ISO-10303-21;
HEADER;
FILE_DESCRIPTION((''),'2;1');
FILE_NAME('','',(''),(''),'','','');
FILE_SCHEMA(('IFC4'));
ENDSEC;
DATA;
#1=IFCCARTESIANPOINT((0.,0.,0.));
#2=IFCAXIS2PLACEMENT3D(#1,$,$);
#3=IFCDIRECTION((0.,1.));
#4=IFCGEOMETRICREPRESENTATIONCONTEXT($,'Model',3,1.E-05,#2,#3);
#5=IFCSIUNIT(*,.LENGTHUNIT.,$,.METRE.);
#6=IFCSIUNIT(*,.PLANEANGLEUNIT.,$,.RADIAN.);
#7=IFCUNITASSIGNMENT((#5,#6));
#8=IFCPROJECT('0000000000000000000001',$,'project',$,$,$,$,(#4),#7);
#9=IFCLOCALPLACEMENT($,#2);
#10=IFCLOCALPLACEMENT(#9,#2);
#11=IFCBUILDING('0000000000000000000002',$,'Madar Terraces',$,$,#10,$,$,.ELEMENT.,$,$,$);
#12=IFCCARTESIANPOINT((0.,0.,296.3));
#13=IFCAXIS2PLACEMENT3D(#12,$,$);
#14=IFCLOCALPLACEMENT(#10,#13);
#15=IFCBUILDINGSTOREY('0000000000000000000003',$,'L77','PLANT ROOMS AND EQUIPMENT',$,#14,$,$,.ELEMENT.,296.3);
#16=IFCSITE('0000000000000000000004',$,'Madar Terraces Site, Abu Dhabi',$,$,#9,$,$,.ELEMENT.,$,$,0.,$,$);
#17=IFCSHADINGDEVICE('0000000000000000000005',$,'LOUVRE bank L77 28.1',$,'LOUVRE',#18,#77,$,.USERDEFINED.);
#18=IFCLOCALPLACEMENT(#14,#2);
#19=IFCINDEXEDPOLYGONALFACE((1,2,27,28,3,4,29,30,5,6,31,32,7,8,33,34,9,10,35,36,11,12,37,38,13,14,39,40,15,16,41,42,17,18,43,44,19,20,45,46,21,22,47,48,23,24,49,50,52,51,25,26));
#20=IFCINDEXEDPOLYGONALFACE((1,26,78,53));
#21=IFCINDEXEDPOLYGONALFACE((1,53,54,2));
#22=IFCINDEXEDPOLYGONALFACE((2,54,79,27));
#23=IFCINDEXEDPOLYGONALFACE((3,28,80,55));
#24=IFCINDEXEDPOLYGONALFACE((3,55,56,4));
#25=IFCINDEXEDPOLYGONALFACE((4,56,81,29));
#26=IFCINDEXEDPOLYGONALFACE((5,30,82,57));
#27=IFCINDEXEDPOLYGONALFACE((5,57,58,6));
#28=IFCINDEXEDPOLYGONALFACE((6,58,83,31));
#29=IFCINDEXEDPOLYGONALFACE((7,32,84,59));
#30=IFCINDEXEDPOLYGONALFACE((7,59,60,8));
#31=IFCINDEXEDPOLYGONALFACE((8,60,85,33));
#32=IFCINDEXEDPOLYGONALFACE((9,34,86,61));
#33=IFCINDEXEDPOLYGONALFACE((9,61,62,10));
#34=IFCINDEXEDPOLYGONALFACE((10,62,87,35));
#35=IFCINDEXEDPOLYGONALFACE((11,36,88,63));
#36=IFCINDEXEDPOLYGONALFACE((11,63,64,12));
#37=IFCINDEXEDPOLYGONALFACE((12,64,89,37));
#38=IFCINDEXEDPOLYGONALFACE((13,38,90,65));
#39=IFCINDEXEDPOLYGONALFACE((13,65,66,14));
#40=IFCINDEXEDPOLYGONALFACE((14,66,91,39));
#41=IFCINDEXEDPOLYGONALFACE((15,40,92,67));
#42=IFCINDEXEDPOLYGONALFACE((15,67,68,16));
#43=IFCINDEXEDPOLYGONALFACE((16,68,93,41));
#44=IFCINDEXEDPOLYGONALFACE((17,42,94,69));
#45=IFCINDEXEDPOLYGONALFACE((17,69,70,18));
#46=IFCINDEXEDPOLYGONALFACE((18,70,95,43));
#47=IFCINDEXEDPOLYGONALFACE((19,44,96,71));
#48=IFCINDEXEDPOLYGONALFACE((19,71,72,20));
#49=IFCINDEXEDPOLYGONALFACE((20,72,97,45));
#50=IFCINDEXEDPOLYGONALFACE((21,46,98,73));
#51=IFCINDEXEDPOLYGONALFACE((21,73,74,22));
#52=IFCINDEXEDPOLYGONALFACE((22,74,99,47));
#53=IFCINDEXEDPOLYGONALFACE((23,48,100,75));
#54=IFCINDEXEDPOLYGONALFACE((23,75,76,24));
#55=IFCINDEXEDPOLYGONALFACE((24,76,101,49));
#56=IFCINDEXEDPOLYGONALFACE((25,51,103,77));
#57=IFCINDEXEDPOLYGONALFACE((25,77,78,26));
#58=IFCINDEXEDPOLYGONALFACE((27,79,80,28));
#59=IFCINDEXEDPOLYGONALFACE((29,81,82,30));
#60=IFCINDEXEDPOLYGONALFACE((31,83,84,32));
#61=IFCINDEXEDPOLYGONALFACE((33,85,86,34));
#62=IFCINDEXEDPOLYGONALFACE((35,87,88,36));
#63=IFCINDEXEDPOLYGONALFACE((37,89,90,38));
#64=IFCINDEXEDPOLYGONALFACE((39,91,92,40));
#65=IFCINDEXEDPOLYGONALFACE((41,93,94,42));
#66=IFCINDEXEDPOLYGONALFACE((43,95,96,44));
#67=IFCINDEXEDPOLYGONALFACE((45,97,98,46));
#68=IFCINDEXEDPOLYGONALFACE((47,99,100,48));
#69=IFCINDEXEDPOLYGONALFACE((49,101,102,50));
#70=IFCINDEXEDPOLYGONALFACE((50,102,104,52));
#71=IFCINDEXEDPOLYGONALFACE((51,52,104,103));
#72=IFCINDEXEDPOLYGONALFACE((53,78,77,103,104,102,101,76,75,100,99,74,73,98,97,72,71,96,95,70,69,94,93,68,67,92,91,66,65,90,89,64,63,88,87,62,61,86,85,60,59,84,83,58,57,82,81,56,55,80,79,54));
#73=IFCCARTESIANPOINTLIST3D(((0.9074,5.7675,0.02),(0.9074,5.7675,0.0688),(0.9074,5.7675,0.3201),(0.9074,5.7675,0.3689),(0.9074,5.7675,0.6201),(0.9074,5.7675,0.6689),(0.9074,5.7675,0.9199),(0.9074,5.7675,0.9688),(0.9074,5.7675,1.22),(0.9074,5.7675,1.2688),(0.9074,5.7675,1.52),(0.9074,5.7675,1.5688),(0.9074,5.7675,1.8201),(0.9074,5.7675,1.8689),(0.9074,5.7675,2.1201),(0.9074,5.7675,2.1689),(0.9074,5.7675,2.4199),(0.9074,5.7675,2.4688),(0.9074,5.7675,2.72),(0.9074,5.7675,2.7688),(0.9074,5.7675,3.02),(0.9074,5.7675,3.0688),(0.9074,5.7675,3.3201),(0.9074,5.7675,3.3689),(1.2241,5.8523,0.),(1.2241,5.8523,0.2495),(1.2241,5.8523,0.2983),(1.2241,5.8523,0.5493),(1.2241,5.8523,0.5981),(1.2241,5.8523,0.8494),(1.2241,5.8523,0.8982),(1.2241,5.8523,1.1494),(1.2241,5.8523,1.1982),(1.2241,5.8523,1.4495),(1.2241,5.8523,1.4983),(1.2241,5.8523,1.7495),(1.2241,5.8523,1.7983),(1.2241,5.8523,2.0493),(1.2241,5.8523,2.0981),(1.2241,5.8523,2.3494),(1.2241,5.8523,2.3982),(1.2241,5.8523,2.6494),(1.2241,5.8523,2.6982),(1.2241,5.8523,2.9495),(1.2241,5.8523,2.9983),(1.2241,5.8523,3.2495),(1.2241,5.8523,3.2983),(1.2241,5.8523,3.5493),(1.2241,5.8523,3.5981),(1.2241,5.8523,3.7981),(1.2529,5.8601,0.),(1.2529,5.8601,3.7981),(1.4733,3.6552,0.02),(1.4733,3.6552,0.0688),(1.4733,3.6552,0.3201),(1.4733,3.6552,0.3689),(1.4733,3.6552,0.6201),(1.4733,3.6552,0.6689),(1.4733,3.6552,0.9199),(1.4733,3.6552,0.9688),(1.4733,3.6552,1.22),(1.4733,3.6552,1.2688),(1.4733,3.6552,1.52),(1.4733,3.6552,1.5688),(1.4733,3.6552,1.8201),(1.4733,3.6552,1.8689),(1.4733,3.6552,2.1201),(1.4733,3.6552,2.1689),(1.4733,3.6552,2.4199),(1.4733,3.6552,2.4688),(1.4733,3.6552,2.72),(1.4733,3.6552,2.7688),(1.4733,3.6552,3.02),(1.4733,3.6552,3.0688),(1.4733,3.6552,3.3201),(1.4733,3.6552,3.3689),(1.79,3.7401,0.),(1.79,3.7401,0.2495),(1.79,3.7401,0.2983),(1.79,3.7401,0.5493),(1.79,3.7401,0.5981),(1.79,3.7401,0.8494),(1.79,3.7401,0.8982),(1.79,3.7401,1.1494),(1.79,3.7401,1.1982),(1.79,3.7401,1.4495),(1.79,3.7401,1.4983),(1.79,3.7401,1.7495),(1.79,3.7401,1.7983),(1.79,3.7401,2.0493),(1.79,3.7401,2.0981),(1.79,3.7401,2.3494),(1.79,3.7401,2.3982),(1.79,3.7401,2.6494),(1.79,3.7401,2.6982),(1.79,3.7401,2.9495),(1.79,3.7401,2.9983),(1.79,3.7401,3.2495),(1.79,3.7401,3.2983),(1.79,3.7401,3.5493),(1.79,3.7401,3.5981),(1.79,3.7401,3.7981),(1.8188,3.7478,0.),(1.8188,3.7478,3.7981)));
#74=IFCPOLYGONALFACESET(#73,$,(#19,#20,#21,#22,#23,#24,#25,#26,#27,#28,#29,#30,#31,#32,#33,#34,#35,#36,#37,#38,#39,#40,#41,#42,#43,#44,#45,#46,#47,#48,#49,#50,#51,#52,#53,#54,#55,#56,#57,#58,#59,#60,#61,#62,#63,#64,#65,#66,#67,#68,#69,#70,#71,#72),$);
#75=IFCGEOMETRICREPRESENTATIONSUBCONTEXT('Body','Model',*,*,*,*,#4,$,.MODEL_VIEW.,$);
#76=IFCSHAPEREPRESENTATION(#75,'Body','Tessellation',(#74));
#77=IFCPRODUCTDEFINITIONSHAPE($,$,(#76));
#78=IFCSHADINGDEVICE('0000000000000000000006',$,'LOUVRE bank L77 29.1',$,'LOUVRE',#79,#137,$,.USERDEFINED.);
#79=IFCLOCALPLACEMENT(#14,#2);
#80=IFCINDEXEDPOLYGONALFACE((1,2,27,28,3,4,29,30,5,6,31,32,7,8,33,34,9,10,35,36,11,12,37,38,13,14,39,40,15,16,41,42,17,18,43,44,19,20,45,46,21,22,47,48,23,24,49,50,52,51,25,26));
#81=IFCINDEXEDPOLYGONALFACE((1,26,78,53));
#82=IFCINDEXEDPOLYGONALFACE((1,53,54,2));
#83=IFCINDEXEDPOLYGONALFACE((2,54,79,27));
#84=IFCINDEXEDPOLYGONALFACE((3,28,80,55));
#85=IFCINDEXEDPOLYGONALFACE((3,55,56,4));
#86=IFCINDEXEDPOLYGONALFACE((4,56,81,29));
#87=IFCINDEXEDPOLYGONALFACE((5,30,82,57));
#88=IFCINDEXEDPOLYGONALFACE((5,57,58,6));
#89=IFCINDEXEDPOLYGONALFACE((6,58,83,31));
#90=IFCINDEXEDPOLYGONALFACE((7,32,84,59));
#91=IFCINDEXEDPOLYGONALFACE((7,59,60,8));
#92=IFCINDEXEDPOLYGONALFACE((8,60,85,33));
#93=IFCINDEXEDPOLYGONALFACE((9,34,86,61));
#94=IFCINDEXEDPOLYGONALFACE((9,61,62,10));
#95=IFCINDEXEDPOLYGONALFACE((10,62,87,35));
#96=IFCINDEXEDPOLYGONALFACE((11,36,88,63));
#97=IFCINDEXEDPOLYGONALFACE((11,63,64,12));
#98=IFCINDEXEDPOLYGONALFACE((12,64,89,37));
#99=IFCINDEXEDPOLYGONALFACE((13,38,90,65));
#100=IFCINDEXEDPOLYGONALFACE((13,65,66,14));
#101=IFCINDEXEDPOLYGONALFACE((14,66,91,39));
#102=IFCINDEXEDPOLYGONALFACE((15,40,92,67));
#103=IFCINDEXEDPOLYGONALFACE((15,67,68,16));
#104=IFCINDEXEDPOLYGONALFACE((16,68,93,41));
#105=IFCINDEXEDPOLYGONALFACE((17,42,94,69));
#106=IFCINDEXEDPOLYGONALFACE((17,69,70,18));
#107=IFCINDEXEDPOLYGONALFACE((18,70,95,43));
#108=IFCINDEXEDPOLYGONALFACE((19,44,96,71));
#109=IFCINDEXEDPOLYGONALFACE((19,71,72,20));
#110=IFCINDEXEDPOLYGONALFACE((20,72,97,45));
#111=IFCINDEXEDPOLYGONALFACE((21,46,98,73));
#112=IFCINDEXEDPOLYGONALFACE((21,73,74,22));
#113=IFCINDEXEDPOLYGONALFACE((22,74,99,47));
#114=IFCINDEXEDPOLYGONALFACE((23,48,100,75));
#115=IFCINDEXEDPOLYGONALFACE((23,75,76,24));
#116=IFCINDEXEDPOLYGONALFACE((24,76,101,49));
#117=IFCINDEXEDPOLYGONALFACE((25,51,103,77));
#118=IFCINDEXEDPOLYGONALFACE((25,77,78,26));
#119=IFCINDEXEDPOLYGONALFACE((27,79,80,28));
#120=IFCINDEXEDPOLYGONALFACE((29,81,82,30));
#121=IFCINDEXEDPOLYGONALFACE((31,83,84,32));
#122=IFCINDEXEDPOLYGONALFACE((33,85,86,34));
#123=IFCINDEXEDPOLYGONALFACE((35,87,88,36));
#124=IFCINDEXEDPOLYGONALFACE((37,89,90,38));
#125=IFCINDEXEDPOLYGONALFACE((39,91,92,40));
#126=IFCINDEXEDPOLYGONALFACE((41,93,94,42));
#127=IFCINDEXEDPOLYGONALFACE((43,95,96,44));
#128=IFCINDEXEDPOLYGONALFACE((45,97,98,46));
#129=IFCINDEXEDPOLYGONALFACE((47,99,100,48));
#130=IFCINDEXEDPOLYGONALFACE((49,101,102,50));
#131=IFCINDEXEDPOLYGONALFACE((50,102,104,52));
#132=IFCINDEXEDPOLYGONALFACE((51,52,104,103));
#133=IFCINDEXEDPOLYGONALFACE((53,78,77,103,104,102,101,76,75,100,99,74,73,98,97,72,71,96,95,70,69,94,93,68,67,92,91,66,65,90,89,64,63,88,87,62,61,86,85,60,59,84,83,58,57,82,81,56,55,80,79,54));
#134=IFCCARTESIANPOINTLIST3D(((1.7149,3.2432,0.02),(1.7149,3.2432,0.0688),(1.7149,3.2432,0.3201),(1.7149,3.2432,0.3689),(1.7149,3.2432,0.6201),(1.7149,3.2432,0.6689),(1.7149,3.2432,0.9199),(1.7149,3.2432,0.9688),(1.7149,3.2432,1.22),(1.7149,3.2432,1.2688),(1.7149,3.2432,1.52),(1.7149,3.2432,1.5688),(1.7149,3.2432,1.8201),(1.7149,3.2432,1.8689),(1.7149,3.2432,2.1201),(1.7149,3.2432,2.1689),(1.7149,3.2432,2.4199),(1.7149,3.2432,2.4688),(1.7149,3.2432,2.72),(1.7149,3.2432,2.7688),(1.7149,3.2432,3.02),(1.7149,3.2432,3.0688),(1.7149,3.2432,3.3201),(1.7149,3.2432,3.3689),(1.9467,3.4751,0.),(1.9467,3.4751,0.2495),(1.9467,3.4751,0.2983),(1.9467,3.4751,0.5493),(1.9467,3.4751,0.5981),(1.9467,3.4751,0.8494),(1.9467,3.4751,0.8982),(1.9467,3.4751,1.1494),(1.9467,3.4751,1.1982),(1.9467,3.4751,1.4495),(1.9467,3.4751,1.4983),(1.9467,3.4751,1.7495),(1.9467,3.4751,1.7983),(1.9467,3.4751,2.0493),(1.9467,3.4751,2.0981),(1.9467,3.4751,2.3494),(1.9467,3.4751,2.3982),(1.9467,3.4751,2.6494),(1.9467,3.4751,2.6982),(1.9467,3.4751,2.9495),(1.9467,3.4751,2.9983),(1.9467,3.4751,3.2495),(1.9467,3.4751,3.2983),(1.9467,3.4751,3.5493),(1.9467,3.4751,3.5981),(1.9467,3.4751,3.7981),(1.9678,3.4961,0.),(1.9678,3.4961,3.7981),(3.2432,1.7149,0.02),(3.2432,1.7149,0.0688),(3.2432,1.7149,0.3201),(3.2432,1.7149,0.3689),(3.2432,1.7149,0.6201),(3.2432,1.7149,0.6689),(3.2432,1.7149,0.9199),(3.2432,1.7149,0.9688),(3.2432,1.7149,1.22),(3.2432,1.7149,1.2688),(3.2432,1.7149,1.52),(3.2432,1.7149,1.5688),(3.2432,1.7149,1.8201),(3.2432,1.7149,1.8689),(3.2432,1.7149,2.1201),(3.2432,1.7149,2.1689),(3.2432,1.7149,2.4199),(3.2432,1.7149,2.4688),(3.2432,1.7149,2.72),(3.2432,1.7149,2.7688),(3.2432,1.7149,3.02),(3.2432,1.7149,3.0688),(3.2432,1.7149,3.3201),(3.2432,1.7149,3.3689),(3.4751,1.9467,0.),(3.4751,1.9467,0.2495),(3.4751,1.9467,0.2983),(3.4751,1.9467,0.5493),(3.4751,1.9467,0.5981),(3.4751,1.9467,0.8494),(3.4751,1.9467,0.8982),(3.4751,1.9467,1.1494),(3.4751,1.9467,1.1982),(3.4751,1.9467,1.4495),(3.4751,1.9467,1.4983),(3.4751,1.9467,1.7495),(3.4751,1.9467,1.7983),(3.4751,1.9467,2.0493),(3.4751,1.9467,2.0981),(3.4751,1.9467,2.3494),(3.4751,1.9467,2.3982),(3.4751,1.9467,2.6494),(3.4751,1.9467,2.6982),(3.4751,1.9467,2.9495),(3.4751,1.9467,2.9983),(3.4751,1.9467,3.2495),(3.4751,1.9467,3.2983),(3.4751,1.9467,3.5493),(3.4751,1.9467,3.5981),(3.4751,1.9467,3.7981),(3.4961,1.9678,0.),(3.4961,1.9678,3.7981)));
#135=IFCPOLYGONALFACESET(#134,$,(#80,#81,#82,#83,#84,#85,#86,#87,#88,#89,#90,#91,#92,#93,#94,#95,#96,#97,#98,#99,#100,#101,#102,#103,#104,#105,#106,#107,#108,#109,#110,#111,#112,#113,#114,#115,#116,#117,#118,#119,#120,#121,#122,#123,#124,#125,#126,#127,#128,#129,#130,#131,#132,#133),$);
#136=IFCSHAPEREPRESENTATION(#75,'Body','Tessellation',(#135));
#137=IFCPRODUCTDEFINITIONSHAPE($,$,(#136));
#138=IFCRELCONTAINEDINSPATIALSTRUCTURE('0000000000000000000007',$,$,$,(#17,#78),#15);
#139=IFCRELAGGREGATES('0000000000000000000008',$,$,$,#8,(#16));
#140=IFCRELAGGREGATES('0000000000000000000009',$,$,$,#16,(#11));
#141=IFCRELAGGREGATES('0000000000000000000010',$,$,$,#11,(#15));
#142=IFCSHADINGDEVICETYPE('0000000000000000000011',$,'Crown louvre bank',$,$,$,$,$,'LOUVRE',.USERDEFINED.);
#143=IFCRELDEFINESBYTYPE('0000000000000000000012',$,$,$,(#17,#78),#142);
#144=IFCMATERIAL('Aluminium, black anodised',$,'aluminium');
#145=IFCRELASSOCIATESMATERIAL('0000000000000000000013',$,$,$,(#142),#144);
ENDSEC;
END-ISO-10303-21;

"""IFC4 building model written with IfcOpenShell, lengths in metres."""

from ifc_helpers import new_model, si_unit, direction, frame, origin, place, context, subcontext, project, spatial, polyline, outline, extrude, material, type_object, element, save


model = new_model("IFC4")

# Units and contexts
model_context = context("Model", 3, precision=1e-05, world=origin(), true_north=direction((0.0, 1.0)))
body_context = subcontext(model_context, "Body", "Model", "MODEL_VIEW")
ifc_project = project(units=[si_unit("LENGTHUNIT", "METRE"), si_unit("PLANEANGLEUNIT", "RADIAN")], contexts=[model_context])

# Site, building, storey
site_placement = place(None, origin())
site = spatial("IfcSite", under=ifc_project, at=site_placement, Name="Madar Terraces Site, Abu Dhabi", CompositionType="ELEMENT", RefElevation=0.0)
building_placement = place(site_placement, origin())
building = spatial("IfcBuilding", under=site, at=building_placement, Name="Madar Terraces", CompositionType="ELEMENT")
storey_placement = place(building_placement, frame((0.0, 0.0, 296.3)))
storey = spatial("IfcBuildingStorey", under=building, at=storey_placement, Name="L77", Description="PLANT ROOMS AND EQUIPMENT", CompositionType="ELEMENT", Elevation=296.3)

# Shading devices
ifc_material_1 = material(Name="Aluminium, black anodised", Category="aluminium")
shading_device_type = type_object("IfcShadingDeviceType", Name="Crown louvre bank", ElementType="LOUVRE", PredefinedType="USERDEFINED", material=ifc_material_1)
shading_device_1_placement = place(storey_placement, frame((1.2385, 5.8562, 0.0), z_axis=(0.258788, -0.965934, 0.0), x_axis=(0.965934, 0.258788, 0.0)))
element("IfcShadingDevice", 1, at=shading_device_1_placement, inside=storey, type_object=shading_device_type, Name="LOUVRE bank L77 28.1", ObjectType="LOUVRE", PredefinedType="USERDEFINED", context=body_context, shape_type="SweptSolid", body=[
    extrude(outline(polyline([(0.0149, 0.0), (-0.0149, 0.0), (-0.0149, 0.2495), (-0.3428, 0.02), (-0.3428, 0.0688), (-0.0149, 0.2983), (-0.0149, 0.5493), (-0.3428, 0.3201), (-0.3428, 0.3689), (-0.0149, 0.5981), (-0.0149, 0.8494), (-0.3428, 0.6201), (-0.3428, 0.6689), (-0.0149, 0.8982), (-0.0149, 1.1494), (-0.3428, 0.9199), (-0.3428, 0.9688), (-0.0149, 1.1982), (-0.0149, 1.4495), (-0.3428, 1.22), (-0.3428, 1.2688), (-0.0149, 1.4983), (-0.0149, 1.7495), (-0.3428, 1.52), (-0.3428, 1.5688), (-0.0149, 1.7983), (-0.0149, 2.0493), (-0.3428, 1.8201), (-0.3428, 1.8689), (-0.0149, 2.0981), (-0.0149, 2.3494), (-0.3428, 2.1201), (-0.3428, 2.1689), (-0.0149, 2.3982), (-0.0149, 2.6494), (-0.3428, 2.4199), (-0.3428, 2.4688), (-0.0149, 2.6982), (-0.0149, 2.9495), (-0.3428, 2.72), (-0.3428, 2.7688), (-0.0149, 2.9983), (-0.0149, 3.2495), (-0.3428, 3.02), (-0.3428, 3.0688), (-0.0149, 3.2983), (-0.0149, 3.5493), (-0.3428, 3.3201), (-0.3428, 3.3689), (-0.0149, 3.5981), (-0.0149, 3.7981), (0.0149, 3.7981), (0.0149, 0.0)])), origin(), (0.0, 0.0, 1.0), 2.1868),
])
shading_device_2_placement = place(storey_placement, frame((1.9573, 3.4856, 0.0), z_axis=(0.707107, -0.707107, 0.0), x_axis=(0.707107, 0.707107, 0.0)))
element("IfcShadingDevice", 2, at=shading_device_2_placement, inside=storey, type_object=shading_device_type, Name="LOUVRE bank L77 29.1", ObjectType="LOUVRE", PredefinedType="USERDEFINED", context=body_context, shape_type="SweptSolid", body=[
    extrude(outline(polyline([(0.0149, 0.0), (-0.0149, 0.0), (-0.0149, 0.2495), (-0.3428, 0.02), (-0.3428, 0.0688), (-0.0149, 0.2983), (-0.0149, 0.5493), (-0.3428, 0.3201), (-0.3428, 0.3689), (-0.0149, 0.5981), (-0.0149, 0.8494), (-0.3428, 0.6201), (-0.3428, 0.6689), (-0.0149, 0.8982), (-0.0149, 1.1494), (-0.3428, 0.9199), (-0.3428, 0.9688), (-0.0149, 1.1982), (-0.0149, 1.4495), (-0.3428, 1.22), (-0.3428, 1.2688), (-0.0149, 1.4983), (-0.0149, 1.7495), (-0.3428, 1.52), (-0.3428, 1.5688), (-0.0149, 1.7983), (-0.0149, 2.0493), (-0.3428, 1.8201), (-0.3428, 1.8689), (-0.0149, 2.0981), (-0.0149, 2.3494), (-0.3428, 2.1201), (-0.3428, 2.1689), (-0.0149, 2.3982), (-0.0149, 2.6494), (-0.3428, 2.4199), (-0.3428, 2.4688), (-0.0149, 2.6982), (-0.0149, 2.9495), (-0.3428, 2.72), (-0.3428, 2.7688), (-0.0149, 2.9983), (-0.0149, 3.2495), (-0.3428, 3.02), (-0.3428, 3.0688), (-0.0149, 3.2983), (-0.0149, 3.5493), (-0.3428, 3.3201), (-0.3428, 3.3689), (-0.0149, 3.5981), (-0.0149, 3.7981), (0.0149, 3.7981), (0.0149, 0.0)])), origin(), (0.0, 0.0, 1.0), 2.1614),
])

save(model, "model.ifc")
